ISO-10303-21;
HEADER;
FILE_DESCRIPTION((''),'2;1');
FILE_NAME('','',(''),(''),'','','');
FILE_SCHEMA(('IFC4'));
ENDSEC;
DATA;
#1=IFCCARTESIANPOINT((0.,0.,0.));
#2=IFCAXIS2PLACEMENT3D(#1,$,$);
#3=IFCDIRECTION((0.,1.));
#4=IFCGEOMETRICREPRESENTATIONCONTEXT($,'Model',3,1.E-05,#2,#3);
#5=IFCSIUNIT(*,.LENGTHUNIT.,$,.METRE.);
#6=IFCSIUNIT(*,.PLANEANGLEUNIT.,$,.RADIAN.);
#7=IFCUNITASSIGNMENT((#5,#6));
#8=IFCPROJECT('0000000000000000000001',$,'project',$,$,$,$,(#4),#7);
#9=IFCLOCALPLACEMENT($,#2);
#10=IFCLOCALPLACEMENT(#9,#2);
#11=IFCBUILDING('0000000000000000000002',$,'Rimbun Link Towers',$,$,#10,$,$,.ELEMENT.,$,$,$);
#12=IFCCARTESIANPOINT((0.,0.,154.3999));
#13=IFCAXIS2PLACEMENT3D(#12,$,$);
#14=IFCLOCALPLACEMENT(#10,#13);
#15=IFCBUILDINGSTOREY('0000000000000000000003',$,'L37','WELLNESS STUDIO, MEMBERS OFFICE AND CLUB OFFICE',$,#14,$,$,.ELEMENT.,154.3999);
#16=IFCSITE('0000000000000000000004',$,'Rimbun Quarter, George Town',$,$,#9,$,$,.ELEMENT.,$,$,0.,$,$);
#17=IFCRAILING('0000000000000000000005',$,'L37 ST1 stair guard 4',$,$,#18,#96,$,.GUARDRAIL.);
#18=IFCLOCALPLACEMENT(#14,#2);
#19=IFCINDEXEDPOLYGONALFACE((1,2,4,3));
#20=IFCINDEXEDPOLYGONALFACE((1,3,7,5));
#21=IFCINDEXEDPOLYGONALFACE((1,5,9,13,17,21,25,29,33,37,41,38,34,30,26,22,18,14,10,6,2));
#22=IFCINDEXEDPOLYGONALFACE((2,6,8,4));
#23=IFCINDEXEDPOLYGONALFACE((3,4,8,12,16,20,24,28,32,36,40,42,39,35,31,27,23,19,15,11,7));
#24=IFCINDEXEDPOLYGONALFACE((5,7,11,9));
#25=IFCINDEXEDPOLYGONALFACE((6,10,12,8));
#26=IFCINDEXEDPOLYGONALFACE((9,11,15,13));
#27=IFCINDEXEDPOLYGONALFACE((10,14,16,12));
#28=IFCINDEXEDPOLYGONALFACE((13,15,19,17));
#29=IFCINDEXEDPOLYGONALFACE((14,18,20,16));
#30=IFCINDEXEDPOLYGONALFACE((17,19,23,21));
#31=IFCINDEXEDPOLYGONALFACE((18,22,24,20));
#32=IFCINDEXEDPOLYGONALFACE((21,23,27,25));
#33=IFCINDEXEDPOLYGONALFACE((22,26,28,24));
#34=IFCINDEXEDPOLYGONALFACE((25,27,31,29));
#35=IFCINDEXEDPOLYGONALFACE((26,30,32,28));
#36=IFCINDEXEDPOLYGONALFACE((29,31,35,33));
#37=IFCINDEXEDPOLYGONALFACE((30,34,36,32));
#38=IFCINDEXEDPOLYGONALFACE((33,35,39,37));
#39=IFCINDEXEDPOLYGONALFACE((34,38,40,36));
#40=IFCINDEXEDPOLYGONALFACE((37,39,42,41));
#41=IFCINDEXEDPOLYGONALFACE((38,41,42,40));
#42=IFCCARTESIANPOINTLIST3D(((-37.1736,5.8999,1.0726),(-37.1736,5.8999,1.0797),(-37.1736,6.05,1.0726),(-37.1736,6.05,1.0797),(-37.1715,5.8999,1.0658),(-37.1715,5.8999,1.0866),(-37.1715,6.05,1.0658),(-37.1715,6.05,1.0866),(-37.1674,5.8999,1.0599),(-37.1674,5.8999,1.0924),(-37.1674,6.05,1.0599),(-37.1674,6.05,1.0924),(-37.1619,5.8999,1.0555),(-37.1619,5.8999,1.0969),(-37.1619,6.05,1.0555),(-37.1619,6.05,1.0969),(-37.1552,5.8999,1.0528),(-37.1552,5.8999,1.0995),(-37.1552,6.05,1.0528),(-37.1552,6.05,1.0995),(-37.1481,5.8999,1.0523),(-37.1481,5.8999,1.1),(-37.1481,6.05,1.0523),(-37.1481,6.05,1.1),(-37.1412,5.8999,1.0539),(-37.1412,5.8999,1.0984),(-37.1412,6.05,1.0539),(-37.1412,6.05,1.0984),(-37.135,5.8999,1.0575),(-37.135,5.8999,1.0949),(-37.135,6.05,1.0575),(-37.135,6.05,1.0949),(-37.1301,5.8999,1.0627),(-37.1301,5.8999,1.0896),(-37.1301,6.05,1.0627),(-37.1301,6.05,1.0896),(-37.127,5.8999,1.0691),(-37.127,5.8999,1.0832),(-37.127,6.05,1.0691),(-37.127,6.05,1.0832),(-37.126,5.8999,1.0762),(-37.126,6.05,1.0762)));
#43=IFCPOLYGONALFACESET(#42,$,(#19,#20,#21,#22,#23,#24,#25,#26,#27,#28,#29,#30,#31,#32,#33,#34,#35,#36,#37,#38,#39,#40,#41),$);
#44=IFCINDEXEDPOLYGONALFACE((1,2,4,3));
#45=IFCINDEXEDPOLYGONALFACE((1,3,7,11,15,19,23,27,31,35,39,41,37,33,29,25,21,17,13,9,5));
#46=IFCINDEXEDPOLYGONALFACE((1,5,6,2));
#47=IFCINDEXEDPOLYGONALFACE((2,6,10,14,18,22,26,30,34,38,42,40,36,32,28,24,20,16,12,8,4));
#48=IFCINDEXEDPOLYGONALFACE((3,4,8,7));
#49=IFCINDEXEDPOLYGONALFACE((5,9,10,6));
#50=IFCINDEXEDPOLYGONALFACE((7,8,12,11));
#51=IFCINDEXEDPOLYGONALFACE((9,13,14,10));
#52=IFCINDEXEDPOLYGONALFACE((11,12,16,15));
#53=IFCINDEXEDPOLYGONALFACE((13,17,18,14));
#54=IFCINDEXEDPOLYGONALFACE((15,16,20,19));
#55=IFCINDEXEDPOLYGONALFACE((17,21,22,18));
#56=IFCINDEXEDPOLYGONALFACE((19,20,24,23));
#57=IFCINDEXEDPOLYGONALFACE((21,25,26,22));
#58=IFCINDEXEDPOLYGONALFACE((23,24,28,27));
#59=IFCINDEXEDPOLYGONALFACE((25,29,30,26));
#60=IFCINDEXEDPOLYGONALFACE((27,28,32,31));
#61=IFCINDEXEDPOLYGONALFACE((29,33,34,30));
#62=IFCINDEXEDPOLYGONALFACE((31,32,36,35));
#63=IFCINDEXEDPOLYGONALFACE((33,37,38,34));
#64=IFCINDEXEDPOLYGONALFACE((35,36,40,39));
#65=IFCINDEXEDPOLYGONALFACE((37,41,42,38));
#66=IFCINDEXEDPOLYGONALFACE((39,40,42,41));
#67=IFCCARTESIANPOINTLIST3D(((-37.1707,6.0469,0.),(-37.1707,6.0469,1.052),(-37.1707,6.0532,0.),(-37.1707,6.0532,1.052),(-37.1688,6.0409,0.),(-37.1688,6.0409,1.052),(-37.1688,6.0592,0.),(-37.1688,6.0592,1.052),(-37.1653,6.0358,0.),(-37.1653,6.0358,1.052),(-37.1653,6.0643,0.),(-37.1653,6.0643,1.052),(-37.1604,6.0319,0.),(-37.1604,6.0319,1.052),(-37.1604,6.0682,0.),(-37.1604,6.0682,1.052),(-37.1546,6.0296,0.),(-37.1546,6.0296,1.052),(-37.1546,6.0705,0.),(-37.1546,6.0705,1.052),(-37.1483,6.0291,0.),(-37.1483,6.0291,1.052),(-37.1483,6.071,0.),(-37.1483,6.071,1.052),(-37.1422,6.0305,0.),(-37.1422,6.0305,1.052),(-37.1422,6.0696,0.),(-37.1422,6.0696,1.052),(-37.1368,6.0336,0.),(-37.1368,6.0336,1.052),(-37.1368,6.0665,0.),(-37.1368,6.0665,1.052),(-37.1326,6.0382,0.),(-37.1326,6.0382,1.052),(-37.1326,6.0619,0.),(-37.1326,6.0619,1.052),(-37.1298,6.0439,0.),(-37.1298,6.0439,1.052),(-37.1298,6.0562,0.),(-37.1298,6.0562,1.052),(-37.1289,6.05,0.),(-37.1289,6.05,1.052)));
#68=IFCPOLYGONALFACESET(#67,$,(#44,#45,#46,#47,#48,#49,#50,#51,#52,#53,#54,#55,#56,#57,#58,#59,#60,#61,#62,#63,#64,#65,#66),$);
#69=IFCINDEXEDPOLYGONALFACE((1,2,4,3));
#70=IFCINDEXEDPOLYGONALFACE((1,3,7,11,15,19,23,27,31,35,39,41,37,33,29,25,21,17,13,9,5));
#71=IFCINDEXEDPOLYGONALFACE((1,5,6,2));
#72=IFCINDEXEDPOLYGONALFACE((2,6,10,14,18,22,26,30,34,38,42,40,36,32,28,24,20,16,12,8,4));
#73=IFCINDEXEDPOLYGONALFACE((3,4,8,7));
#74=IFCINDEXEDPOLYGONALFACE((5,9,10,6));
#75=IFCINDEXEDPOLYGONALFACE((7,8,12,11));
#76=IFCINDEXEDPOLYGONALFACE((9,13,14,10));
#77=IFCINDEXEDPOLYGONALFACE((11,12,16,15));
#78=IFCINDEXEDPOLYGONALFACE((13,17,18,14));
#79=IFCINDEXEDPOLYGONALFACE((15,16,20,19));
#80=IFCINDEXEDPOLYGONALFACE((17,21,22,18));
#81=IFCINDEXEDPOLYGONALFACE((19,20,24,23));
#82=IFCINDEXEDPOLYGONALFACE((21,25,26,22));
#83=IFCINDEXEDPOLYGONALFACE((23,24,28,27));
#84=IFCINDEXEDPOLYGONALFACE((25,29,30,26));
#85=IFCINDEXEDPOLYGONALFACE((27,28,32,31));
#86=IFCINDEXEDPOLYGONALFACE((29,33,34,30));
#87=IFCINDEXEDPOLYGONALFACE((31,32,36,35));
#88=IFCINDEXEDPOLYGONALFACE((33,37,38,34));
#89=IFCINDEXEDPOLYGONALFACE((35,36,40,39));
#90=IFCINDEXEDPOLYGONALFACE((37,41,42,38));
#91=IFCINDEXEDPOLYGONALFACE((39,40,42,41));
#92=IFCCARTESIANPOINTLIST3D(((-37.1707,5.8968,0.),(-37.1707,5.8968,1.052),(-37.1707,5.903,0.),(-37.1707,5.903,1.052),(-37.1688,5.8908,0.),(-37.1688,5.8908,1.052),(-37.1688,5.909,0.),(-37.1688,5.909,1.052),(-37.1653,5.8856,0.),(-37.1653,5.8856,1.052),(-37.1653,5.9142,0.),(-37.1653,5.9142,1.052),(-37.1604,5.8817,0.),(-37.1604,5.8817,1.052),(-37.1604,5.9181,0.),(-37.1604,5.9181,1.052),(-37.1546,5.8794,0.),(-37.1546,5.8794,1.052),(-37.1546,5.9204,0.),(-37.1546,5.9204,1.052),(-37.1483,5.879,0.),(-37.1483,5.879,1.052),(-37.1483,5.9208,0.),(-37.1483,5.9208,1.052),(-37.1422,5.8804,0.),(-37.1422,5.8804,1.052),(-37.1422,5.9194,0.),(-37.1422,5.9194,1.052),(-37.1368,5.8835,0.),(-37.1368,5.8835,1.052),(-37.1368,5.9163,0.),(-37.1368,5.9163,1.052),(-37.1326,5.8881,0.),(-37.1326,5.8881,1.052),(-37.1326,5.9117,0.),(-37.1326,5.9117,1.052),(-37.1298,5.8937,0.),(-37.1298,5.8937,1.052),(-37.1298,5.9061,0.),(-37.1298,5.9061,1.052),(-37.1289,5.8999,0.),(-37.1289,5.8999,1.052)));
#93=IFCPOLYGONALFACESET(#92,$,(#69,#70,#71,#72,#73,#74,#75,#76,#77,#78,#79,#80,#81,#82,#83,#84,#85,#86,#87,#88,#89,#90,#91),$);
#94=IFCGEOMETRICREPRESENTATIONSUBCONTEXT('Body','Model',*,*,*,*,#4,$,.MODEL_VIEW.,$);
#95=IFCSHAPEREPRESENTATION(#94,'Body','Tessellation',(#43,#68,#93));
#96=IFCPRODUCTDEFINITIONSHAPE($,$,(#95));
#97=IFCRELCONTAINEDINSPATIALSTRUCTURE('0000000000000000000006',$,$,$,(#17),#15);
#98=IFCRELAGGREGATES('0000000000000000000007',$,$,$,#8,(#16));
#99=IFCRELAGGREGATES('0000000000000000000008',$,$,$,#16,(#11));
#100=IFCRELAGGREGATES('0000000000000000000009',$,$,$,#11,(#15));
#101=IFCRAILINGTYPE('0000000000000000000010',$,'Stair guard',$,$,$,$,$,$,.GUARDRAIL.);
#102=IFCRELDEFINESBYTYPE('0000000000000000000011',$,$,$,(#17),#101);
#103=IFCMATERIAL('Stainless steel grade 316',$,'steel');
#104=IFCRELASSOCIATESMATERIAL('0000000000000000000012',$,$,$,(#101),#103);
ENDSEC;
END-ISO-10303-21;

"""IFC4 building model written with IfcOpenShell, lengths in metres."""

from ifc_helpers import new_model, si_unit, direction, frame, origin, origin_2d, place, context, subcontext, project, spatial, circle, extrude, material, type_object, element, save


model = new_model("IFC4")

# Units and contexts
model_context = context("Model", 3, precision=1e-05, world=origin(), true_north=direction((0.0, 1.0)))
body_context = subcontext(model_context, "Body", "Model", "MODEL_VIEW")
ifc_project = project(units=[si_unit("LENGTHUNIT", "METRE"), si_unit("PLANEANGLEUNIT", "RADIAN")], contexts=[model_context])

# Site, building, storey
site_placement = place(None, origin())
site = spatial("IfcSite", under=ifc_project, at=site_placement, Name="Rimbun Quarter, George Town", CompositionType="ELEMENT", RefElevation=0.0)
building_placement = place(site_placement, origin())
building = spatial("IfcBuilding", under=site, at=building_placement, Name="Rimbun Link Towers", CompositionType="ELEMENT")
storey_placement = place(building_placement, frame((0.0, 0.0, 154.3999)))
storey = spatial("IfcBuildingStorey", under=building, at=storey_placement, Name="L37", Description="WELLNESS STUDIO, MEMBERS OFFICE AND CLUB OFFICE", CompositionType="ELEMENT", Elevation=154.3999)

# Railing
ifc_material_1 = material(Name="Stainless steel grade 316", Category="steel")
railing_type_1 = type_object("IfcRailingType", Name="Stair guard", PredefinedType="GUARDRAIL", material=ifc_material_1)
railing_1_placement = place(storey_placement, frame((-37.1499, 6.05, 0.0)))
element("IfcRailing", 1, at=railing_1_placement, inside=storey, type_object=railing_type_1, Name="L37 ST1 stair guard 4", PredefinedType="GUARDRAIL", context=body_context, shape_type="SweptSolid", body=[
    extrude(circle(Radius=0.0239, at=origin_2d()), frame((0.0, 0.0, 1.0762), z_axis=(0.0, -1.0, 0.0), x_axis=(1.0, 0.0, 0.0)), (0.0, 0.0, 1.0), 0.1501),
    extrude(circle(Radius=0.021, at=origin_2d()), origin(), (0.0, 0.0, 1.0), 1.052),
    extrude(circle(Radius=0.021, at=origin_2d()), frame((0.0, -0.1501, 0.0)), (0.0, 0.0, 1.0), 1.052),
])

save(model, "model.ifc")
